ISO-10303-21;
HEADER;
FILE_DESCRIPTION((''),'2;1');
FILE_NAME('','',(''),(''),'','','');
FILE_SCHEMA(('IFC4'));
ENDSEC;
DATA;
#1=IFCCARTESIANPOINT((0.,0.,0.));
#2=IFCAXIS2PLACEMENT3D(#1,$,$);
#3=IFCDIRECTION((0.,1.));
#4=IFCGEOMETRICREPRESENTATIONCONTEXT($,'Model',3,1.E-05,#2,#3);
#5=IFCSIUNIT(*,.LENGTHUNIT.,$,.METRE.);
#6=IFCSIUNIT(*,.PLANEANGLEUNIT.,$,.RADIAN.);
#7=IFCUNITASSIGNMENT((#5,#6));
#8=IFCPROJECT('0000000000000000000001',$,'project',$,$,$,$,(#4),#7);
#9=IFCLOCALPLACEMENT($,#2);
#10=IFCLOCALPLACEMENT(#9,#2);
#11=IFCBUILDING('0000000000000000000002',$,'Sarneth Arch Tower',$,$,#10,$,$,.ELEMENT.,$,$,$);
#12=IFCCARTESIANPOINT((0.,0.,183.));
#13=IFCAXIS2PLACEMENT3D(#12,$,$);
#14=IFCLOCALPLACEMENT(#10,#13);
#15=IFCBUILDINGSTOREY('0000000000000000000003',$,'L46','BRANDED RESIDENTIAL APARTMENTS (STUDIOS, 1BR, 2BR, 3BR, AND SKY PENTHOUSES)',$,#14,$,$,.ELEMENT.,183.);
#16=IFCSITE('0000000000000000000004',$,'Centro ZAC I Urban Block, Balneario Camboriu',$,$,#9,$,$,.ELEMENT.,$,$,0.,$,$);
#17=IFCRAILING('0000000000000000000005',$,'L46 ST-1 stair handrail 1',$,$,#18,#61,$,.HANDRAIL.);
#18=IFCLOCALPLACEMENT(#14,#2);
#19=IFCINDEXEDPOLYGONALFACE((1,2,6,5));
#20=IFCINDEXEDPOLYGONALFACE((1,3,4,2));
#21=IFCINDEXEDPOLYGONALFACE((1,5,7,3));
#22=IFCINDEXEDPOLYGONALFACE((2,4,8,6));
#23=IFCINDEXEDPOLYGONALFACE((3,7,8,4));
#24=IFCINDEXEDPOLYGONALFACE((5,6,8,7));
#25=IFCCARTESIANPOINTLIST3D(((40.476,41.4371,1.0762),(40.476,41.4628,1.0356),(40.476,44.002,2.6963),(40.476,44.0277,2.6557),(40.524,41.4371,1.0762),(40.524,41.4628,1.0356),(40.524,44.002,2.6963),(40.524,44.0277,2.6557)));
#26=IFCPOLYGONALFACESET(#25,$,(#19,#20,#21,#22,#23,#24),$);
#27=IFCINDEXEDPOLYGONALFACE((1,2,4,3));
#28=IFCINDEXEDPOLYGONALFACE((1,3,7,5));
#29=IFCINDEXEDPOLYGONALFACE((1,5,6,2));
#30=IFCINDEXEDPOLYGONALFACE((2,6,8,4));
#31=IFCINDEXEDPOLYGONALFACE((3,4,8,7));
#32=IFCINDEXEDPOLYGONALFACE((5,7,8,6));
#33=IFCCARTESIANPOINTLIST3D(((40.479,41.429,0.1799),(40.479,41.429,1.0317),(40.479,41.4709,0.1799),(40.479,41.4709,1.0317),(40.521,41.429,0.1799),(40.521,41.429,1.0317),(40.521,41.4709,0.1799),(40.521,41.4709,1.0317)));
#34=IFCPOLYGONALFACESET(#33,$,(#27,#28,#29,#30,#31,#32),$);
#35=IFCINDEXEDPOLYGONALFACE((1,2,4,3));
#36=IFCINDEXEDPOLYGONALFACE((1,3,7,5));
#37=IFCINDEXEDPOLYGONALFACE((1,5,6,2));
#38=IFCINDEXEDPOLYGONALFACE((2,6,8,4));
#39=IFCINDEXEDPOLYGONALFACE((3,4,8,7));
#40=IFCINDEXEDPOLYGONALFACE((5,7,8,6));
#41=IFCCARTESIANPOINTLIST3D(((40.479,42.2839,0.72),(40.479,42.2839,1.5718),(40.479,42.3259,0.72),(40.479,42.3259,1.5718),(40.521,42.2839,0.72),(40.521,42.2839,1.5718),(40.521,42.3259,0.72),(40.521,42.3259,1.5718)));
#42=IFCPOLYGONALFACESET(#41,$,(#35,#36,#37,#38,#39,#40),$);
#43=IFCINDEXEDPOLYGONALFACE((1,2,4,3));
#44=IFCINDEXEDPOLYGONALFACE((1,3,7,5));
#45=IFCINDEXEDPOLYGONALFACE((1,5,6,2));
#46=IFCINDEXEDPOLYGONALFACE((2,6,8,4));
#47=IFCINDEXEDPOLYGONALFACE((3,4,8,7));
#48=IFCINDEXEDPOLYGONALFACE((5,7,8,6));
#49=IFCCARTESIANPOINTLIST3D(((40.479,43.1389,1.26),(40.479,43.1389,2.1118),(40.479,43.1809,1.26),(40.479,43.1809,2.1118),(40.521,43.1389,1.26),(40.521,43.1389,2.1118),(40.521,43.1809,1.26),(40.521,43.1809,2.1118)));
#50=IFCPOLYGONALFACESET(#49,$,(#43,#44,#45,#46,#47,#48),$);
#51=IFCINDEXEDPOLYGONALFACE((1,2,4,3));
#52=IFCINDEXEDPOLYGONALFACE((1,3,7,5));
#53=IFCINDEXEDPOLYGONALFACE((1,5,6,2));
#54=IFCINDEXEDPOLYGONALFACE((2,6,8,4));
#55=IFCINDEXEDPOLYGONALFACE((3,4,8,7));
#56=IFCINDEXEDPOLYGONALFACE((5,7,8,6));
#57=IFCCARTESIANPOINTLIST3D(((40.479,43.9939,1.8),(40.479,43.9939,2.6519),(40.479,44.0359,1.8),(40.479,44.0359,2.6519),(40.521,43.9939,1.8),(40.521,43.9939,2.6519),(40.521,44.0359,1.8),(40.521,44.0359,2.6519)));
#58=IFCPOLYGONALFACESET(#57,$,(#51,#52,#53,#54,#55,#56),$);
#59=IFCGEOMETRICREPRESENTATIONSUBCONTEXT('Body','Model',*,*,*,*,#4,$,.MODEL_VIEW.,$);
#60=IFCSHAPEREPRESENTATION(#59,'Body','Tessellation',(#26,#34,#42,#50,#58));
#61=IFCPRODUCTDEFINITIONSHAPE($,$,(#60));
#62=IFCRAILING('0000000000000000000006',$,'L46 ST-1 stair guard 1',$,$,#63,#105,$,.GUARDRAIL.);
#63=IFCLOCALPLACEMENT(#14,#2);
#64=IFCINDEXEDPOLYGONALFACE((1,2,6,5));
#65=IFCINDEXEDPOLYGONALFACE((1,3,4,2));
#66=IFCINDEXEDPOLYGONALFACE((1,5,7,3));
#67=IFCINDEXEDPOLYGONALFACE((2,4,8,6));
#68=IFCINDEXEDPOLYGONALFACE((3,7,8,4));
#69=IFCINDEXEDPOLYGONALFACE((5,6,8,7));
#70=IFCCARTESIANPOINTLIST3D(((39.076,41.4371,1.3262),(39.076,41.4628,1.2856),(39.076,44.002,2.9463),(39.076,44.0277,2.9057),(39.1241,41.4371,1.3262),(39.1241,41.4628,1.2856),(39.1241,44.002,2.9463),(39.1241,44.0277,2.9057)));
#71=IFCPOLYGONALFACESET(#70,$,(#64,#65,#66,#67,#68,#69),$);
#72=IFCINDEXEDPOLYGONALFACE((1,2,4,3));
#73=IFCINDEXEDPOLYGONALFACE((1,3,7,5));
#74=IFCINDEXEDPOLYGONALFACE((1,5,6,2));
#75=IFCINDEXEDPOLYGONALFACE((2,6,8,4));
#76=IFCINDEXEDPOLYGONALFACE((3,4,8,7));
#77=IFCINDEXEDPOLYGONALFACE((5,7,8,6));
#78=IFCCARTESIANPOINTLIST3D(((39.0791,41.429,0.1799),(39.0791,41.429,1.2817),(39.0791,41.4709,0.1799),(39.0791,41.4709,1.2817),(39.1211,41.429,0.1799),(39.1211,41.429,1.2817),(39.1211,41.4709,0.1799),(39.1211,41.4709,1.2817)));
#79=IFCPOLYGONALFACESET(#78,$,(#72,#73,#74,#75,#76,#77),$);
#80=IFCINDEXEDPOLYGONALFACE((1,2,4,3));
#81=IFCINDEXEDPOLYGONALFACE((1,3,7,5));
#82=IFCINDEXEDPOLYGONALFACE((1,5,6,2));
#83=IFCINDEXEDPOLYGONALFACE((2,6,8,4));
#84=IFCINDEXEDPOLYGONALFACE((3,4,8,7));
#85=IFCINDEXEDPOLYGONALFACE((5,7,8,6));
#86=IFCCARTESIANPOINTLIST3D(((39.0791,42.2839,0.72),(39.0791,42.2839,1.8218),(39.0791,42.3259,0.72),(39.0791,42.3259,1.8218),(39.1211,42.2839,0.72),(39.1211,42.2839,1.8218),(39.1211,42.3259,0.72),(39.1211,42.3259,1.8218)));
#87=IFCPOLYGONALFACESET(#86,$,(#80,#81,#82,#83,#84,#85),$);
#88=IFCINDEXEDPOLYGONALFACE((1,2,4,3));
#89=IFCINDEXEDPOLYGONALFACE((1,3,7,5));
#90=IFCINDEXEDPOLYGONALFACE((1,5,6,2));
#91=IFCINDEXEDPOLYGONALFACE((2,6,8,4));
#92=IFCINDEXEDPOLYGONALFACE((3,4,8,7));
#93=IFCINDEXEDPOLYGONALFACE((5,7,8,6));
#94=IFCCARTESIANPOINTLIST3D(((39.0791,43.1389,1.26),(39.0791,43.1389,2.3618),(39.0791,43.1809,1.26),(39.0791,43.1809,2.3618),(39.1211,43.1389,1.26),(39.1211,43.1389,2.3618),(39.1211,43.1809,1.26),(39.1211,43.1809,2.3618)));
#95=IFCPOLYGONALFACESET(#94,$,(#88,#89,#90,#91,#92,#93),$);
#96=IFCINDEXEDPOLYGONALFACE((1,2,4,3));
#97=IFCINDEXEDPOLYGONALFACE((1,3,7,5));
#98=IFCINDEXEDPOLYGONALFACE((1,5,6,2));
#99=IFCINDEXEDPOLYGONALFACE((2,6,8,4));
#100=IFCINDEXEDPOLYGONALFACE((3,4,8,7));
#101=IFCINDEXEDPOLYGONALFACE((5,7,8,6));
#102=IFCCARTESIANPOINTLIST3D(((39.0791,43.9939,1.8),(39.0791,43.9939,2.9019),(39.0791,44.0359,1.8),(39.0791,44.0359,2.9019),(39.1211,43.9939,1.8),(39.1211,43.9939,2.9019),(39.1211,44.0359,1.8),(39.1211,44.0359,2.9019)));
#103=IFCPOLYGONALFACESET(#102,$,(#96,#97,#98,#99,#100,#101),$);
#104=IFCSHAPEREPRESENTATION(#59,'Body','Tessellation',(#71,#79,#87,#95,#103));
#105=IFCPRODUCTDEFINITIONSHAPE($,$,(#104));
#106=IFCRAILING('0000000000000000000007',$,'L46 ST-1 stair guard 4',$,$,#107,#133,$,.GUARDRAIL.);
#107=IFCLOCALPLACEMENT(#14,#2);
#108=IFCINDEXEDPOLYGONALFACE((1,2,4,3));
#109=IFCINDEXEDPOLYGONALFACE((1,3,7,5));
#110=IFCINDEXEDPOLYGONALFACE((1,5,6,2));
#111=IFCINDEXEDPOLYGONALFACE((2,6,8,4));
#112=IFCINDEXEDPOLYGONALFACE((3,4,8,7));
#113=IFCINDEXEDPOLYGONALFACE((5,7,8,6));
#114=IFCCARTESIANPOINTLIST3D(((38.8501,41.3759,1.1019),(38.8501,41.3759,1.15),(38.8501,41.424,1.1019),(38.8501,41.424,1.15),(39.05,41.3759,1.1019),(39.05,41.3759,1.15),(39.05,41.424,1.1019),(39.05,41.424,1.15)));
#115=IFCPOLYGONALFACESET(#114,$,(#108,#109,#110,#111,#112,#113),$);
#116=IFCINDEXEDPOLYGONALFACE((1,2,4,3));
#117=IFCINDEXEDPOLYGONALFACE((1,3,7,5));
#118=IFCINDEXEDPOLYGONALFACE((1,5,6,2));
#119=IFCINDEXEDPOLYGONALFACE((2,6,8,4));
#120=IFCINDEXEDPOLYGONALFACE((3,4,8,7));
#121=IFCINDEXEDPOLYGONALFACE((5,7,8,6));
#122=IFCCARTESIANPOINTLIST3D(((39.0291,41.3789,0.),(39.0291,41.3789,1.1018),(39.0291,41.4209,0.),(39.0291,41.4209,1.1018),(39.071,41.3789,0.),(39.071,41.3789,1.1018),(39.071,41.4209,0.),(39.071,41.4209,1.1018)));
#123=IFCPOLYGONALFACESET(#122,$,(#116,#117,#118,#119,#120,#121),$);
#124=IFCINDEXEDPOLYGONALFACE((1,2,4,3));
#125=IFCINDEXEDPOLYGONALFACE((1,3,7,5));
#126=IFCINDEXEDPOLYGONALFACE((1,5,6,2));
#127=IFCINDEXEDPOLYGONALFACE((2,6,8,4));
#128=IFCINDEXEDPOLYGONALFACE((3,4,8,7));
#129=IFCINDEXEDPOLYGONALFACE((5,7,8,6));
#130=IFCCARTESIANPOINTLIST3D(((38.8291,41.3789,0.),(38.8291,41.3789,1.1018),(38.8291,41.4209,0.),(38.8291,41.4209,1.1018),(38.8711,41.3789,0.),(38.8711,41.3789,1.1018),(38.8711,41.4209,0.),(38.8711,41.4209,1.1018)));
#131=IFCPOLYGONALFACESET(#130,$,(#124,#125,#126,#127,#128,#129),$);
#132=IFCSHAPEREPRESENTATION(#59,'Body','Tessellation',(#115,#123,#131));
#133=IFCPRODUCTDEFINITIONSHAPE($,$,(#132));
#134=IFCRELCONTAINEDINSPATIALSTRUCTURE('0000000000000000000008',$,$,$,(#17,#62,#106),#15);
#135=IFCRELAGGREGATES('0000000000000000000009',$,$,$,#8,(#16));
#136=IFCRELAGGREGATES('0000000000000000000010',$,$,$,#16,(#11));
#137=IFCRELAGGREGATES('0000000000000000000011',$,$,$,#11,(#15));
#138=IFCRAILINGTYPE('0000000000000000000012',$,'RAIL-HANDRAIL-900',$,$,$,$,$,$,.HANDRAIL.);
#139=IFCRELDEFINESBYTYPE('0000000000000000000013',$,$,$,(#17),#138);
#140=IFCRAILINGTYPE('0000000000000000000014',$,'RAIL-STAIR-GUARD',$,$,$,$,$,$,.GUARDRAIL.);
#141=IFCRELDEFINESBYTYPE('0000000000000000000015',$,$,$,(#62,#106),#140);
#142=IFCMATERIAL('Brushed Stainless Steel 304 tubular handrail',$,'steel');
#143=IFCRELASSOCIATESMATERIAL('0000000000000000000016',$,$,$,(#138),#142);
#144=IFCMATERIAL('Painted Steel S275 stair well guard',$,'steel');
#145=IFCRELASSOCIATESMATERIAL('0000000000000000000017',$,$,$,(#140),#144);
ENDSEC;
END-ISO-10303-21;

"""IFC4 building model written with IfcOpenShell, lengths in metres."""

from ifc_helpers import new_model, si_unit, direction, frame, origin, origin_2d, place, context, subcontext, project, spatial, rectangle, extrude, material, type_object, element, save


model = new_model("IFC4")

# Units and contexts
model_context = context("Model", 3, precision=1e-05, world=origin(), true_north=direction((0.0, 1.0)))
body_context = subcontext(model_context, "Body", "Model", "MODEL_VIEW")
ifc_project = project(units=[si_unit("LENGTHUNIT", "METRE"), si_unit("PLANEANGLEUNIT", "RADIAN")], contexts=[model_context])

# Site, building, storey
site_placement = place(None, origin())
site = spatial("IfcSite", under=ifc_project, at=site_placement, Name="Centro ZAC I Urban Block, Balneario Camboriu", CompositionType="ELEMENT", RefElevation=0.0)
building_placement = place(site_placement, origin())
building = spatial("IfcBuilding", under=site, at=building_placement, Name="Sarneth Arch Tower", CompositionType="ELEMENT")
storey_placement = place(building_placement, frame((0.0, 0.0, 183.0)))
storey = spatial("IfcBuildingStorey", under=building, at=storey_placement, Name="L46", Description="BRANDED RESIDENTIAL APARTMENTS (STUDIOS, 1BR, 2BR, 3BR, AND SKY PENTHOUSES)", CompositionType="ELEMENT", Elevation=183.0)

# Railings
ifc_material_1 = material(Name="Brushed Stainless Steel 304 tubular handrail", Category="steel")
railing_type_1 = type_object("IfcRailingType", Name="RAIL-HANDRAIL-900", PredefinedType="HANDRAIL", material=ifc_material_1)
railing_1_placement = place(storey_placement, frame((40.5, 41.45, 0.1799)))
element("IfcRailing", 1, at=railing_1_placement, inside=storey, type_object=railing_type_1, Name="L46 ST-1 stair handrail 1", PredefinedType="HANDRAIL", context=body_context, shape_type="SweptSolid", body=[
    extrude(rectangle(XDim=0.0481, YDim=0.0481, at=origin_2d()), frame((0.0, 0.0, 0.876), z_axis=(0.0, 0.845466, 0.534029), x_axis=(-1.0, 0.0, 0.0)), (0.0, 0.0, 1.0), 3.0337),
    extrude(rectangle(XDim=0.042, YDim=0.042, at=origin_2d()), origin(), (0.0, 0.0, 1.0), 0.8518),
    extrude(rectangle(XDim=0.042, YDim=0.042, at=origin_2d()), frame((0.0, 0.855, 0.54)), (0.0, 0.0, 1.0), 0.8518),
    extrude(rectangle(XDim=0.042, YDim=0.042, at=origin_2d()), frame((0.0, 1.71, 1.0801)), (0.0, 0.0, 1.0), 0.8518),
    extrude(rectangle(XDim=0.042, YDim=0.042, at=origin_2d()), frame((0.0, 2.5649, 1.6201)), (0.0, 0.0, 1.0), 0.8518),
])
ifc_material_2 = material(Name="Painted Steel S275 stair well guard", Category="steel")
railing_type_2 = type_object("IfcRailingType", Name="RAIL-STAIR-GUARD", PredefinedType="GUARDRAIL", material=ifc_material_2)
railing_2_placement = place(storey_placement, frame((39.1001, 41.45, 0.1799)))
element("IfcRailing", 2, at=railing_2_placement, inside=storey, type_object=railing_type_2, Name="L46 ST-1 stair guard 1", PredefinedType="GUARDRAIL", context=body_context, shape_type="SweptSolid", body=[
    extrude(rectangle(XDim=0.0481, YDim=0.0481, at=origin_2d()), frame((0.0, 0.0, 1.126), z_axis=(0.0, 0.845466, 0.534029), x_axis=(-1.0, 0.0, 0.0)), (0.0, 0.0, 1.0), 3.0337),
    extrude(rectangle(XDim=0.042, YDim=0.042, at=origin_2d()), origin(), (0.0, 0.0, 1.0), 1.1018),
    extrude(rectangle(XDim=0.042, YDim=0.042, at=origin_2d()), frame((0.0, 0.855, 0.54)), (0.0, 0.0, 1.0), 1.1018),
    extrude(rectangle(XDim=0.042, YDim=0.042, at=origin_2d()), frame((0.0, 1.71, 1.0801)), (0.0, 0.0, 1.0), 1.1018),
    extrude(rectangle(XDim=0.042, YDim=0.042, at=origin_2d()), frame((0.0, 2.5649, 1.6201)), (0.0, 0.0, 1.0), 1.1018),
])
railing_3_placement = place(storey_placement, frame((39.05, 41.3999, 0.0)))
element("IfcRailing", 3, at=railing_3_placement, inside=storey, type_object=railing_type_2, Name="L46 ST-1 stair guard 4", PredefinedType="GUARDRAIL", context=body_context, shape_type="SweptSolid", body=[
    extrude(rectangle(XDim=0.0481, YDim=0.0481, at=origin_2d()), frame((0.0, 0.0, 1.126), z_axis=(-1.0, 0.0, 0.0), x_axis=(0.0, -1.0, 0.0)), (0.0, 0.0, 1.0), 0.2),
    extrude(rectangle(XDim=0.042, YDim=0.042, at=origin_2d()), origin(), (0.0, 0.0, 1.0), 1.1018),
    extrude(rectangle(XDim=0.042, YDim=0.042, at=origin_2d()), frame((-0.2, 0.0, 0.0)), (0.0, 0.0, 1.0), 1.1018),
])

save(model, "model.ifc")
